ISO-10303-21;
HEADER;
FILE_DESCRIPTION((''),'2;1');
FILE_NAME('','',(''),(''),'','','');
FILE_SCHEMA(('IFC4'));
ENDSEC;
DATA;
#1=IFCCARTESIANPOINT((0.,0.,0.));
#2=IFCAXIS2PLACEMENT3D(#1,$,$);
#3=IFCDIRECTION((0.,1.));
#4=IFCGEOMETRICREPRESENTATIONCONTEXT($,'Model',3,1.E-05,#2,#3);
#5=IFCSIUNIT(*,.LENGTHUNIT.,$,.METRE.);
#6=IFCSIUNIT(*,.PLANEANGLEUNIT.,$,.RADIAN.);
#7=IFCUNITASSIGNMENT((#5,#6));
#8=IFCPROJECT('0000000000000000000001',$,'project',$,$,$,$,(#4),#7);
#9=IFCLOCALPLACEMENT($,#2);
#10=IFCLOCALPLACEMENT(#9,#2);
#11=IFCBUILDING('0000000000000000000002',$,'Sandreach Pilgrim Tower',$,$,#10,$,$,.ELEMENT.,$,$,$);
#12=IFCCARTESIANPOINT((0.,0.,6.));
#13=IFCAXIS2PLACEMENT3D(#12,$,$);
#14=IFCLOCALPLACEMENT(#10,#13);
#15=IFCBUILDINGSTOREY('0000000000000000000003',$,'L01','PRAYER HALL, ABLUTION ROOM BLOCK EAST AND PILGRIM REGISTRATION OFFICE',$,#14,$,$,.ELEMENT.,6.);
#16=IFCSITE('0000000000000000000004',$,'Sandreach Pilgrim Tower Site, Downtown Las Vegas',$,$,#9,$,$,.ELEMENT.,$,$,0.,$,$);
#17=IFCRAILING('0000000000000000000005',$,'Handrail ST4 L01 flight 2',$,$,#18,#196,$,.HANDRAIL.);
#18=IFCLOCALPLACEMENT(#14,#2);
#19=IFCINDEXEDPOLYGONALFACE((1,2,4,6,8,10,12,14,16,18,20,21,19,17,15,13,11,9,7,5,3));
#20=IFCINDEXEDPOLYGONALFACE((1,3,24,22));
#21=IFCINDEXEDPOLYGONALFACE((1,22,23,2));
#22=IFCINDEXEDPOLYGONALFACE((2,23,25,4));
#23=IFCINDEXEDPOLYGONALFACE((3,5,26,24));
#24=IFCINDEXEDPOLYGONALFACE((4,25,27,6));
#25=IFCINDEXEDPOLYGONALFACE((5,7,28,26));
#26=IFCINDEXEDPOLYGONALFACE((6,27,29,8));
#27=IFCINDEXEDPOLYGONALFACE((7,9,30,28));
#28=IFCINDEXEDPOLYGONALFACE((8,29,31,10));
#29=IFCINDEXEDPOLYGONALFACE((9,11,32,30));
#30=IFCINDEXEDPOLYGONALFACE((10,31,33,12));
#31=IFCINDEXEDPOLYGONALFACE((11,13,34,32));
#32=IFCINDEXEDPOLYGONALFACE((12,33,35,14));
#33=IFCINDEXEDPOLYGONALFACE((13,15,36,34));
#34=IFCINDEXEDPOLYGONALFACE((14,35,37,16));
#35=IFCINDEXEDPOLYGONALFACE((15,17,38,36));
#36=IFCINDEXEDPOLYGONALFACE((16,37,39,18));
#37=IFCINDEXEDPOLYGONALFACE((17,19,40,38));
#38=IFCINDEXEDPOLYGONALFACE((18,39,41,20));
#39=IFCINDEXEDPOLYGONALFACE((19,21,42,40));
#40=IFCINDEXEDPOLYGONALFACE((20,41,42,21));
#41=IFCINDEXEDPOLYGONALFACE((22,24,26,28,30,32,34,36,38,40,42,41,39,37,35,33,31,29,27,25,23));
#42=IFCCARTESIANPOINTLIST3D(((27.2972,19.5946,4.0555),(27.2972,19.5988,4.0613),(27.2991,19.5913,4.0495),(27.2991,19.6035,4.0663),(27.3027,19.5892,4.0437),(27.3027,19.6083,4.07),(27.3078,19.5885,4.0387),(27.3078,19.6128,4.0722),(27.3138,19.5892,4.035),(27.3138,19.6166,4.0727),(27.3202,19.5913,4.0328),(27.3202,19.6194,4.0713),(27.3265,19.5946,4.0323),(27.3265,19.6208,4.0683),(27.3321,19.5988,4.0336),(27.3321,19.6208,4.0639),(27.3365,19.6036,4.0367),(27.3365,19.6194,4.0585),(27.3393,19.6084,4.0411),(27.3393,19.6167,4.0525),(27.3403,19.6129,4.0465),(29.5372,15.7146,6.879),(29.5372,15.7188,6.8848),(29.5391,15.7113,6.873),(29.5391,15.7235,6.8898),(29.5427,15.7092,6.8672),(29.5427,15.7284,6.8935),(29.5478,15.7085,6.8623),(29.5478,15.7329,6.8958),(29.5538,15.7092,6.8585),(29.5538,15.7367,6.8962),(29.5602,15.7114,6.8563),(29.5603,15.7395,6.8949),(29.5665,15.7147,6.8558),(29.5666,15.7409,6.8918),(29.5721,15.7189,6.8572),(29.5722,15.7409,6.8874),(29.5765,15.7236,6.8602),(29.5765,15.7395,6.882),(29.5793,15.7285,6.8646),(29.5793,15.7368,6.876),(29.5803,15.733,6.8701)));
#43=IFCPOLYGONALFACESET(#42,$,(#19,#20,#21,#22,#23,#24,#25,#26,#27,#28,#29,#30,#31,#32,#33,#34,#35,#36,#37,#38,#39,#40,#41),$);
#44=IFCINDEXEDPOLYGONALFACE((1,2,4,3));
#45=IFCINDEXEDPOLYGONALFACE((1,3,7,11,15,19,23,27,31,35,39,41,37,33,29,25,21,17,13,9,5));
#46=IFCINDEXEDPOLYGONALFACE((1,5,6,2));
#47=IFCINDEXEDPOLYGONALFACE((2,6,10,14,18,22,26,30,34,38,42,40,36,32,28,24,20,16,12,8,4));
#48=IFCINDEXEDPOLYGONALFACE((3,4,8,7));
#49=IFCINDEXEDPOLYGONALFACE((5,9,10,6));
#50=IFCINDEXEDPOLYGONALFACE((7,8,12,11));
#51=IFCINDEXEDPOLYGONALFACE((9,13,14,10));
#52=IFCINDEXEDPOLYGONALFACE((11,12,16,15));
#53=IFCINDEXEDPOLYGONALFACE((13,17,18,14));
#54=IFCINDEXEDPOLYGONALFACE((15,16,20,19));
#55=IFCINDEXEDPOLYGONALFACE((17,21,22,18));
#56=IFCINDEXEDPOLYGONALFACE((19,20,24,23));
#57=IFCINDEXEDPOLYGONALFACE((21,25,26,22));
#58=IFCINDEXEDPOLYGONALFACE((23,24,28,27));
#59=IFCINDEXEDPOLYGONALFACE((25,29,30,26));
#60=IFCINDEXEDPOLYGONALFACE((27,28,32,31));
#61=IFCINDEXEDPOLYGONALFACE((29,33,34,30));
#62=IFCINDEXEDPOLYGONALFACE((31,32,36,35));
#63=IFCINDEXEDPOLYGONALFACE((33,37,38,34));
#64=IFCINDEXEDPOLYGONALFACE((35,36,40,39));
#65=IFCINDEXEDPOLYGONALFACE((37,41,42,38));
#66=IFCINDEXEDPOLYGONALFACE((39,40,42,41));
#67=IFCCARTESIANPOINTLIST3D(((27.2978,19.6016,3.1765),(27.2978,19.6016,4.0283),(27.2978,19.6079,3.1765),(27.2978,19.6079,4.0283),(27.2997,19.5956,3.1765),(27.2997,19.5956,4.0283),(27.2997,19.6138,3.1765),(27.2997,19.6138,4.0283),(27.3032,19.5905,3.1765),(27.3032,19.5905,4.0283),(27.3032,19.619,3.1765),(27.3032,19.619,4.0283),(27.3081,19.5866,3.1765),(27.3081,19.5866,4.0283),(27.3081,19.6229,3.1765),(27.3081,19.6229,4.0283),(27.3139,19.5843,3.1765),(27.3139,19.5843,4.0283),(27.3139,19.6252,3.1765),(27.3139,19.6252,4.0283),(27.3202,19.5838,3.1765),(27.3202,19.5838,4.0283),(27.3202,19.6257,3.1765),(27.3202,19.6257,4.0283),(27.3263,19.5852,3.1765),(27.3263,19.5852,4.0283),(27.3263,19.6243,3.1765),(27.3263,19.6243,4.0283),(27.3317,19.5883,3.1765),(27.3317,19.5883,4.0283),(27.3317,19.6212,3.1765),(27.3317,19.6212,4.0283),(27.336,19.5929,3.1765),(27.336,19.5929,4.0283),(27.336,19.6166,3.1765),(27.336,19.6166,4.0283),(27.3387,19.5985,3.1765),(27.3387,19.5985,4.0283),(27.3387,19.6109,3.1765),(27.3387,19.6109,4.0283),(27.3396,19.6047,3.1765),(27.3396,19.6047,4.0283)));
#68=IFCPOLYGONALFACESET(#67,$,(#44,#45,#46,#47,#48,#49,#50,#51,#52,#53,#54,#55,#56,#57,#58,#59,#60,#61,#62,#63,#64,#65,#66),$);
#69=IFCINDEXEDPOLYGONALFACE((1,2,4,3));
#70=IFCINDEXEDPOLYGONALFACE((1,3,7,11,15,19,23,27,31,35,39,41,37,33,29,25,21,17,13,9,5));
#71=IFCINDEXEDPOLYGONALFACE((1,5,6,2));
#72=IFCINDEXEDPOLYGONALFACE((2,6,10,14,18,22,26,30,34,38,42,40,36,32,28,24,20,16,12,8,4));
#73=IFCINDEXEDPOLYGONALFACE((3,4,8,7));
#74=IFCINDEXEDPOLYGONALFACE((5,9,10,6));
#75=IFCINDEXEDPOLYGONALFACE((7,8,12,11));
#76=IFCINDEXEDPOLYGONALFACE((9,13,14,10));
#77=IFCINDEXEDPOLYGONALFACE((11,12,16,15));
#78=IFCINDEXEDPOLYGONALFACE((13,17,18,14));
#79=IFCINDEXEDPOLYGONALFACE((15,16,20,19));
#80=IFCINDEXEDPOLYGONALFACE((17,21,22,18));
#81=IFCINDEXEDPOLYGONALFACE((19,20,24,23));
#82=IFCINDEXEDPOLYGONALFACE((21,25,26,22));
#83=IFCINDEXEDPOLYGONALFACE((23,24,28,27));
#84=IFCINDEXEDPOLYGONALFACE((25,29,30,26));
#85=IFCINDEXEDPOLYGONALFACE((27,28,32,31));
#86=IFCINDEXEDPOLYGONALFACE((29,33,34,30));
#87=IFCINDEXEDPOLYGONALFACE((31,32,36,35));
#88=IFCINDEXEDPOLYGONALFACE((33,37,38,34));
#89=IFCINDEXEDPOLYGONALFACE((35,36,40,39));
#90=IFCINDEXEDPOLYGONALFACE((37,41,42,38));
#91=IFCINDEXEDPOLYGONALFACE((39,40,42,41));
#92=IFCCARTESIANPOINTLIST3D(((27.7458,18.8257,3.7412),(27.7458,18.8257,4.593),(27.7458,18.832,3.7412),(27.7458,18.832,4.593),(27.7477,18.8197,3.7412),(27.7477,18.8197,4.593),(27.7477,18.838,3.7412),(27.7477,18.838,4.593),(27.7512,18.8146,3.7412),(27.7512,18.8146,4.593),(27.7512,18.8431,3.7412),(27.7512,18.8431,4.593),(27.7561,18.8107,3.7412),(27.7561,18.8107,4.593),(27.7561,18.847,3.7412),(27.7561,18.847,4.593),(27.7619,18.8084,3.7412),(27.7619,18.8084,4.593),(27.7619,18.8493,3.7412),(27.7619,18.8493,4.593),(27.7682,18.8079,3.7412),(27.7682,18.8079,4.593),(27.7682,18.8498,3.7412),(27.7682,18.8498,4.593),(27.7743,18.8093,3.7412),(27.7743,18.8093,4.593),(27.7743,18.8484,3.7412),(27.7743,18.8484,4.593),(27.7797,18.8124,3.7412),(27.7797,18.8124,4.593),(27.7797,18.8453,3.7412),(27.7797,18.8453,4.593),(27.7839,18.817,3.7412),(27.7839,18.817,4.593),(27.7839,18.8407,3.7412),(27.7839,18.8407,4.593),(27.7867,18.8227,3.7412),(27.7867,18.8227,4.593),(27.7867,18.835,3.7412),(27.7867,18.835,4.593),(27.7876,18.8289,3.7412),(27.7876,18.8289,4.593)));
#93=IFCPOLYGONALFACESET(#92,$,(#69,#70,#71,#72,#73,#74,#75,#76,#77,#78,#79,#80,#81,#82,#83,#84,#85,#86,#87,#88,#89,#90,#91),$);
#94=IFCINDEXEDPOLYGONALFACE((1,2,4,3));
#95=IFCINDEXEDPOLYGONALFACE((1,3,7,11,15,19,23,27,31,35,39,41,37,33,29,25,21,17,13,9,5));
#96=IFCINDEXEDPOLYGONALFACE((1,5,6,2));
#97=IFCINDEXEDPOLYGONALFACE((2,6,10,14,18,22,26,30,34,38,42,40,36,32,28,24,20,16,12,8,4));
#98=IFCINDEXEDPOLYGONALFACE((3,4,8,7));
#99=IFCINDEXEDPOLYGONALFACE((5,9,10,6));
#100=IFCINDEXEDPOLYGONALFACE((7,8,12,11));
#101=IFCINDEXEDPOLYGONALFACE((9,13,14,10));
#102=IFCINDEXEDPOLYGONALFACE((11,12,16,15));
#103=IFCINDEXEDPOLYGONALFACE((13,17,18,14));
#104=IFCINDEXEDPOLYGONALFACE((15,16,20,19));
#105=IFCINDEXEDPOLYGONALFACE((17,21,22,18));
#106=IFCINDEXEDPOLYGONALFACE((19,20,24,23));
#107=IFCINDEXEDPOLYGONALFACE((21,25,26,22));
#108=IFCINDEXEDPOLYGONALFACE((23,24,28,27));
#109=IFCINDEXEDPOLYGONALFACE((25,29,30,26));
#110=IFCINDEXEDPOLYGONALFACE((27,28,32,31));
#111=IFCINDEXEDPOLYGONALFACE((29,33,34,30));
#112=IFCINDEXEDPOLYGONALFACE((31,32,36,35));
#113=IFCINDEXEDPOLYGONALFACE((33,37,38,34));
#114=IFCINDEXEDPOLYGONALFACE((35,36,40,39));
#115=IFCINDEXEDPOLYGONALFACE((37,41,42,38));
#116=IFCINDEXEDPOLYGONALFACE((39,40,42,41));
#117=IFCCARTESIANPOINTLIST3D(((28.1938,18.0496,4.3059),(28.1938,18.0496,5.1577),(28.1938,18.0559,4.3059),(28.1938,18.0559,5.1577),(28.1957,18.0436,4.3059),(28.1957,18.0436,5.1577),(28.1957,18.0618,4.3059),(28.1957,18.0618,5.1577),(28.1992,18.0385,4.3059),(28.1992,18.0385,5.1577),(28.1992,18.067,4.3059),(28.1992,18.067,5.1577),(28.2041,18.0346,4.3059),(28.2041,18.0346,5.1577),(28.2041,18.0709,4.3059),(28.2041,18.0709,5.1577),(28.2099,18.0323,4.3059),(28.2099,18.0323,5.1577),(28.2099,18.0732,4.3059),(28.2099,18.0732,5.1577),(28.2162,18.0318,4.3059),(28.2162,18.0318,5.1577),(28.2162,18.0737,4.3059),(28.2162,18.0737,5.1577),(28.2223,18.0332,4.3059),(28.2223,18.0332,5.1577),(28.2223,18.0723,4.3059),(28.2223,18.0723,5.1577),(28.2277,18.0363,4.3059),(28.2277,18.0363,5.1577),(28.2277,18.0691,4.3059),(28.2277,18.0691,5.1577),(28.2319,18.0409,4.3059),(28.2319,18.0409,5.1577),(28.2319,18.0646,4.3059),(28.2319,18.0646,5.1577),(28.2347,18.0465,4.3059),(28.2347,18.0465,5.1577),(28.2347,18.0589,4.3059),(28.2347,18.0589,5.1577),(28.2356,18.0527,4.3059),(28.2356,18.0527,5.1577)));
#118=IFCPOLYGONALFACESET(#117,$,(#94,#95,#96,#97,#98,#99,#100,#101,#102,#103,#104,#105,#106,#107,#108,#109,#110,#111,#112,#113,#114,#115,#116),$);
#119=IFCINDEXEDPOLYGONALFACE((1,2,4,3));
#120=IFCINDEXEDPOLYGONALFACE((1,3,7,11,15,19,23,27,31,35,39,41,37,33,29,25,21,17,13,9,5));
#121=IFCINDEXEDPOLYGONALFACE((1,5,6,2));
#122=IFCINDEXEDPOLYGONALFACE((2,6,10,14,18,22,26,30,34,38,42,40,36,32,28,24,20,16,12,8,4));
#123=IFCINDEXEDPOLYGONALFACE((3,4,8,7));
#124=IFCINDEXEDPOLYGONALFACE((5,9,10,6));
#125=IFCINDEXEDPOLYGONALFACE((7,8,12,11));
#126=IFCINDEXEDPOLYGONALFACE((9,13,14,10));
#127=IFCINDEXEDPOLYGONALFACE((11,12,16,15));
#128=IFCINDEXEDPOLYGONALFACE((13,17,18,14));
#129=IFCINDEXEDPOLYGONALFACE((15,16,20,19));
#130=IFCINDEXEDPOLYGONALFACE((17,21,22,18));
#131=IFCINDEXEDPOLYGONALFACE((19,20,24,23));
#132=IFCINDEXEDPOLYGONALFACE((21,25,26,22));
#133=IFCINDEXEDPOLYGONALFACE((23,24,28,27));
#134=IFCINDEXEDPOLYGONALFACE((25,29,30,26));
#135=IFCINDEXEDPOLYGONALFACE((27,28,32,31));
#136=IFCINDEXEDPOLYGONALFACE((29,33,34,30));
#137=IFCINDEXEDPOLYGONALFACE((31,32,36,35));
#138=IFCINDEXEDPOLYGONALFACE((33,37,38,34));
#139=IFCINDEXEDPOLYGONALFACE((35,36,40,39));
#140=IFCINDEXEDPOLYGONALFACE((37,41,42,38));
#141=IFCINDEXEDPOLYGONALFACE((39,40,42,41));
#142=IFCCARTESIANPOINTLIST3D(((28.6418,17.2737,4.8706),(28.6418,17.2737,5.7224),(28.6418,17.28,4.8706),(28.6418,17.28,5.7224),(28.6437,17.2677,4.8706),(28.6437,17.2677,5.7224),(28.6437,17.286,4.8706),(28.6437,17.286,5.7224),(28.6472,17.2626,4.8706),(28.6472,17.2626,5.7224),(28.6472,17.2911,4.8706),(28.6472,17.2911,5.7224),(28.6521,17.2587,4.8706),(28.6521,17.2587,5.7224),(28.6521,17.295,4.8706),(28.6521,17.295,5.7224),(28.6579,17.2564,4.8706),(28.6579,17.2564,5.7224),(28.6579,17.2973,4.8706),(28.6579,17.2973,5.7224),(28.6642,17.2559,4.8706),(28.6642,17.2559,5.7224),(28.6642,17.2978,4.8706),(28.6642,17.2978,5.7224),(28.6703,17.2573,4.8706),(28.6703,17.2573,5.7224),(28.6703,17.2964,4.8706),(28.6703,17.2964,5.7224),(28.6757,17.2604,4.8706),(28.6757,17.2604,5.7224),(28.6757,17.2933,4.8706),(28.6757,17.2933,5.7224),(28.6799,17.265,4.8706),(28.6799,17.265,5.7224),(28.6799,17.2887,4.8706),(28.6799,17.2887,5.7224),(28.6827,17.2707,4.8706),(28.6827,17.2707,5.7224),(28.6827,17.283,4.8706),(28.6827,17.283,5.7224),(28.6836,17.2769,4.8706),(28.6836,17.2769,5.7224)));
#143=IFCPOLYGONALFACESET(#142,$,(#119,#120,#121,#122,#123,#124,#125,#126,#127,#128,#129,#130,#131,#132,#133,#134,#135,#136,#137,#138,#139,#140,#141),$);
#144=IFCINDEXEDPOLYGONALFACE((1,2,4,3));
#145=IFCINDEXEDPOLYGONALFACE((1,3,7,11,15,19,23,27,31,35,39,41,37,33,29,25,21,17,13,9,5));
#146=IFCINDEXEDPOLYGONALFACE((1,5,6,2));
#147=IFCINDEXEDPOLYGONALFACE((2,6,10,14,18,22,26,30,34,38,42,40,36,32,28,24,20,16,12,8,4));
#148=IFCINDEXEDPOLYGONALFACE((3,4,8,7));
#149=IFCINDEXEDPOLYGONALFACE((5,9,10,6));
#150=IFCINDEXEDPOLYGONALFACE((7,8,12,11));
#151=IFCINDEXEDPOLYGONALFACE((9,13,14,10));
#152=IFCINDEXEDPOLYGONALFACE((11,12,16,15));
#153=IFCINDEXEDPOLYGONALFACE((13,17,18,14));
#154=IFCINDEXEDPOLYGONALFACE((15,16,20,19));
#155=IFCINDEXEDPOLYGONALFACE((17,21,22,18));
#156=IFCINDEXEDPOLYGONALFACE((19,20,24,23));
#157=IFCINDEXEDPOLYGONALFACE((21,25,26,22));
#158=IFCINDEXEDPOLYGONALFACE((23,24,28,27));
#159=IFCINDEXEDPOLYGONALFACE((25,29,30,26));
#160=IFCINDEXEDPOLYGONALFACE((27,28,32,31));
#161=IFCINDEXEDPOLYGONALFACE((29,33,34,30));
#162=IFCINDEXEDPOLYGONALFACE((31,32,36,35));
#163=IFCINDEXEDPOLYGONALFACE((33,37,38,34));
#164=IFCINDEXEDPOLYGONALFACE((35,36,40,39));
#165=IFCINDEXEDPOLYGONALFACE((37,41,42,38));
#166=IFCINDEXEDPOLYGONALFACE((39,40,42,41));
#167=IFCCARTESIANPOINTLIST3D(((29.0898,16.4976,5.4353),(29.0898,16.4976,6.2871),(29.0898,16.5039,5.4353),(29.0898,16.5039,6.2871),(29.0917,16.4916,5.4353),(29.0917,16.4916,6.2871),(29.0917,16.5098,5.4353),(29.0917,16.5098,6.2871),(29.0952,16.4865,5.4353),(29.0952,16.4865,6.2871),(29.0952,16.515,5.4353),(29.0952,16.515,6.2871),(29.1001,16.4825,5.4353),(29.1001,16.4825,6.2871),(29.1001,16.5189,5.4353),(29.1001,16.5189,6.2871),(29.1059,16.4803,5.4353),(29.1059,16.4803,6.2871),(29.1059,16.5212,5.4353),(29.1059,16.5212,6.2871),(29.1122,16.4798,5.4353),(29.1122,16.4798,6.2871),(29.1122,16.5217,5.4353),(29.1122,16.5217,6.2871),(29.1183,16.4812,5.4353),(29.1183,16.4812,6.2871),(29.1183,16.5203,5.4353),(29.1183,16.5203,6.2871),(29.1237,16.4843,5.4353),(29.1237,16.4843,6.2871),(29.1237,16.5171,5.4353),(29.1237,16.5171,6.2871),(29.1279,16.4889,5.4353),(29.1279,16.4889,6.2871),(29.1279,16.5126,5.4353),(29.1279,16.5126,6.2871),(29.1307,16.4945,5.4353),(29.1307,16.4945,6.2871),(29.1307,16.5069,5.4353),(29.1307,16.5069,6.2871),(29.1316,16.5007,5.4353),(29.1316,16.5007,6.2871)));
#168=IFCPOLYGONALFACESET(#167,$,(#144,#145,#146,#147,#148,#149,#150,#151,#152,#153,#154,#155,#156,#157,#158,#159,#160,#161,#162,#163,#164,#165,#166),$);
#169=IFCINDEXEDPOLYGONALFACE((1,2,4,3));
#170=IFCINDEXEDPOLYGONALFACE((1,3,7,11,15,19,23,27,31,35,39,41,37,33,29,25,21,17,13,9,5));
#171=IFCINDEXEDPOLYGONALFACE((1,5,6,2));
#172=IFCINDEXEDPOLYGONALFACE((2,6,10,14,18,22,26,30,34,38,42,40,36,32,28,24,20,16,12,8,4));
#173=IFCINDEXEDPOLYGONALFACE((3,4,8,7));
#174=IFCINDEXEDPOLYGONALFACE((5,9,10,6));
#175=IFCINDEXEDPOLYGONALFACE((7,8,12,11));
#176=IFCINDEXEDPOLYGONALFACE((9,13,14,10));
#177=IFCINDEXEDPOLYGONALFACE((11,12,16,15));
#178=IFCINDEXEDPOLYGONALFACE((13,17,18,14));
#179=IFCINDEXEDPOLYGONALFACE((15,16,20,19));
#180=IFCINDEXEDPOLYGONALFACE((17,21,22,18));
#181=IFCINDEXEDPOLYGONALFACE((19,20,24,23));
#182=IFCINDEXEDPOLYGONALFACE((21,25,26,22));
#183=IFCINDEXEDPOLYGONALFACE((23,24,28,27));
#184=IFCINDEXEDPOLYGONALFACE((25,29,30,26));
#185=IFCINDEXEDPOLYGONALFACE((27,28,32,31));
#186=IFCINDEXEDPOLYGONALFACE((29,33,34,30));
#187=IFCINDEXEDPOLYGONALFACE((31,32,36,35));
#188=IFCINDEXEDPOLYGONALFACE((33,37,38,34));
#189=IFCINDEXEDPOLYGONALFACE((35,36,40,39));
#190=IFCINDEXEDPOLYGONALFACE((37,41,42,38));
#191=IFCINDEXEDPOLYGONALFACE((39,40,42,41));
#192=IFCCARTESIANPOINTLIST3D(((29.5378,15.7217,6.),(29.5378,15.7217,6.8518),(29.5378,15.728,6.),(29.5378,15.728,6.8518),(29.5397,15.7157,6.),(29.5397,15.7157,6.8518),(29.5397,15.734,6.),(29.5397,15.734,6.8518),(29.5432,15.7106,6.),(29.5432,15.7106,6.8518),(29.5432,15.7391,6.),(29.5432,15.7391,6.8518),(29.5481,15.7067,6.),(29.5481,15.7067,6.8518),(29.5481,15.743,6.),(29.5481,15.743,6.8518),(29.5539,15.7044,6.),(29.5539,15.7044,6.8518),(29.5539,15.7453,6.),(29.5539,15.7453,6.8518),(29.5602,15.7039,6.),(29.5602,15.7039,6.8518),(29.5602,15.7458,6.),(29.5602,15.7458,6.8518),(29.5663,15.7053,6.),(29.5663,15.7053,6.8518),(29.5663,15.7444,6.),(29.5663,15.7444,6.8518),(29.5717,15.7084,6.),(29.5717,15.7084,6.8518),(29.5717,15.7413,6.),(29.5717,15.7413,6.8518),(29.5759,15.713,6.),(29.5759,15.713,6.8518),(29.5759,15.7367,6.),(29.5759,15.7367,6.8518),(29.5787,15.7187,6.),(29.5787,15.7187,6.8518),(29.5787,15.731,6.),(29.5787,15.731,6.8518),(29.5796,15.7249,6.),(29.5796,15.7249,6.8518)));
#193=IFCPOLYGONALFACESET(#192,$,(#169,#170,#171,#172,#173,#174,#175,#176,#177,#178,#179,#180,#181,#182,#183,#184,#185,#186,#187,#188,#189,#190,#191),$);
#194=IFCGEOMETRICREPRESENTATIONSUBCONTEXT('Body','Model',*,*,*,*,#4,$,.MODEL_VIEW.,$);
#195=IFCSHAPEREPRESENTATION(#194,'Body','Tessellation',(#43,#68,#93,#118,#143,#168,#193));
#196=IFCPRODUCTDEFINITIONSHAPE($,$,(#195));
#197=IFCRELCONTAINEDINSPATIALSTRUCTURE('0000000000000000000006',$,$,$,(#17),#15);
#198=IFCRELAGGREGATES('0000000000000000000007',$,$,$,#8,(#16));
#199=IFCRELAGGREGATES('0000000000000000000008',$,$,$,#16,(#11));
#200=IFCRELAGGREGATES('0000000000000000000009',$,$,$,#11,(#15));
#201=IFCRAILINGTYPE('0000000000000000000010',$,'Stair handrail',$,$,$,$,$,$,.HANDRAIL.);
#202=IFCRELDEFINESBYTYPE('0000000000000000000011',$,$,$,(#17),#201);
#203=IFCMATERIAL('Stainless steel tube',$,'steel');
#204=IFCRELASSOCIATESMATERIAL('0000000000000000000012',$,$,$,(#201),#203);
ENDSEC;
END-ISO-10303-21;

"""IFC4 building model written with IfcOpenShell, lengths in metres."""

from ifc_helpers import new_model, si_unit, direction, frame, origin, origin_2d, place, context, subcontext, project, spatial, circle, extrude, material, type_object, element, save


model = new_model("IFC4")

# Units and contexts
model_context = context("Model", 3, precision=1e-05, world=origin(), true_north=direction((0.0, 1.0)))
body_context = subcontext(model_context, "Body", "Model", "MODEL_VIEW")
ifc_project = project(units=[si_unit("LENGTHUNIT", "METRE"), si_unit("PLANEANGLEUNIT", "RADIAN")], contexts=[model_context])

# Site, building, storey
site_placement = place(None, origin())
site = spatial("IfcSite", under=ifc_project, at=site_placement, Name="Sandreach Pilgrim Tower Site, Downtown Las Vegas", CompositionType="ELEMENT", RefElevation=0.0)
building_placement = place(site_placement, origin())
building = spatial("IfcBuilding", under=site, at=building_placement, Name="Sandreach Pilgrim Tower", CompositionType="ELEMENT")
storey_placement = place(building_placement, frame((0.0, 0.0, 6.0)))
storey = spatial("IfcBuildingStorey", under=building, at=storey_placement, Name="L01", Description="PRAYER HALL, ABLUTION ROOM BLOCK EAST AND PILGRIM REGISTRATION OFFICE", CompositionType="ELEMENT", Elevation=6.0)

# Railing
ifc_material_1 = material(Name="Stainless steel tube", Category="steel")
railing_type = type_object("IfcRailingType", Name="Stair handrail", PredefinedType="HANDRAIL", material=ifc_material_1)
railing_1_placement = place(storey_placement, frame((27.3186, 19.6047, 3.1765)))
element("IfcRailing", 1, at=railing_1_placement, inside=storey, type_object=railing_type, Name="Handrail ST4 L01 flight 2", PredefinedType="HANDRAIL", context=body_context, shape_type="SweptSolid", body=[
    extrude(circle(Radius=0.0239, at=origin_2d()), frame((0.0, 0.0, 0.876), z_axis=(0.422993, -0.732665, 0.533178), x_axis=(0.866031, 0.49999, 0.0)), (0.0, 0.0, 1.0), 5.2957),
    extrude(circle(Radius=0.021, at=origin_2d()), origin(), (0.0, 0.0, 1.0), 0.8518),
    extrude(circle(Radius=0.021, at=origin_2d()), frame((0.448, -0.7759, 0.5647)), (0.0, 0.0, 1.0), 0.8518),
    extrude(circle(Radius=0.021, at=origin_2d()), frame((0.896, -1.552, 1.1294)), (0.0, 0.0, 1.0), 0.8518),
    extrude(circle(Radius=0.021, at=origin_2d()), frame((1.344, -2.3279, 1.6941)), (0.0, 0.0, 1.0), 0.8518),
    extrude(circle(Radius=0.021, at=origin_2d()), frame((1.792, -3.104, 2.2588)), (0.0, 0.0, 1.0), 0.8518),
    extrude(circle(Radius=0.021, at=origin_2d()), frame((2.24, -3.8799, 2.8235)), (0.0, 0.0, 1.0), 0.8518),
])

save(model, "model.ifc")
